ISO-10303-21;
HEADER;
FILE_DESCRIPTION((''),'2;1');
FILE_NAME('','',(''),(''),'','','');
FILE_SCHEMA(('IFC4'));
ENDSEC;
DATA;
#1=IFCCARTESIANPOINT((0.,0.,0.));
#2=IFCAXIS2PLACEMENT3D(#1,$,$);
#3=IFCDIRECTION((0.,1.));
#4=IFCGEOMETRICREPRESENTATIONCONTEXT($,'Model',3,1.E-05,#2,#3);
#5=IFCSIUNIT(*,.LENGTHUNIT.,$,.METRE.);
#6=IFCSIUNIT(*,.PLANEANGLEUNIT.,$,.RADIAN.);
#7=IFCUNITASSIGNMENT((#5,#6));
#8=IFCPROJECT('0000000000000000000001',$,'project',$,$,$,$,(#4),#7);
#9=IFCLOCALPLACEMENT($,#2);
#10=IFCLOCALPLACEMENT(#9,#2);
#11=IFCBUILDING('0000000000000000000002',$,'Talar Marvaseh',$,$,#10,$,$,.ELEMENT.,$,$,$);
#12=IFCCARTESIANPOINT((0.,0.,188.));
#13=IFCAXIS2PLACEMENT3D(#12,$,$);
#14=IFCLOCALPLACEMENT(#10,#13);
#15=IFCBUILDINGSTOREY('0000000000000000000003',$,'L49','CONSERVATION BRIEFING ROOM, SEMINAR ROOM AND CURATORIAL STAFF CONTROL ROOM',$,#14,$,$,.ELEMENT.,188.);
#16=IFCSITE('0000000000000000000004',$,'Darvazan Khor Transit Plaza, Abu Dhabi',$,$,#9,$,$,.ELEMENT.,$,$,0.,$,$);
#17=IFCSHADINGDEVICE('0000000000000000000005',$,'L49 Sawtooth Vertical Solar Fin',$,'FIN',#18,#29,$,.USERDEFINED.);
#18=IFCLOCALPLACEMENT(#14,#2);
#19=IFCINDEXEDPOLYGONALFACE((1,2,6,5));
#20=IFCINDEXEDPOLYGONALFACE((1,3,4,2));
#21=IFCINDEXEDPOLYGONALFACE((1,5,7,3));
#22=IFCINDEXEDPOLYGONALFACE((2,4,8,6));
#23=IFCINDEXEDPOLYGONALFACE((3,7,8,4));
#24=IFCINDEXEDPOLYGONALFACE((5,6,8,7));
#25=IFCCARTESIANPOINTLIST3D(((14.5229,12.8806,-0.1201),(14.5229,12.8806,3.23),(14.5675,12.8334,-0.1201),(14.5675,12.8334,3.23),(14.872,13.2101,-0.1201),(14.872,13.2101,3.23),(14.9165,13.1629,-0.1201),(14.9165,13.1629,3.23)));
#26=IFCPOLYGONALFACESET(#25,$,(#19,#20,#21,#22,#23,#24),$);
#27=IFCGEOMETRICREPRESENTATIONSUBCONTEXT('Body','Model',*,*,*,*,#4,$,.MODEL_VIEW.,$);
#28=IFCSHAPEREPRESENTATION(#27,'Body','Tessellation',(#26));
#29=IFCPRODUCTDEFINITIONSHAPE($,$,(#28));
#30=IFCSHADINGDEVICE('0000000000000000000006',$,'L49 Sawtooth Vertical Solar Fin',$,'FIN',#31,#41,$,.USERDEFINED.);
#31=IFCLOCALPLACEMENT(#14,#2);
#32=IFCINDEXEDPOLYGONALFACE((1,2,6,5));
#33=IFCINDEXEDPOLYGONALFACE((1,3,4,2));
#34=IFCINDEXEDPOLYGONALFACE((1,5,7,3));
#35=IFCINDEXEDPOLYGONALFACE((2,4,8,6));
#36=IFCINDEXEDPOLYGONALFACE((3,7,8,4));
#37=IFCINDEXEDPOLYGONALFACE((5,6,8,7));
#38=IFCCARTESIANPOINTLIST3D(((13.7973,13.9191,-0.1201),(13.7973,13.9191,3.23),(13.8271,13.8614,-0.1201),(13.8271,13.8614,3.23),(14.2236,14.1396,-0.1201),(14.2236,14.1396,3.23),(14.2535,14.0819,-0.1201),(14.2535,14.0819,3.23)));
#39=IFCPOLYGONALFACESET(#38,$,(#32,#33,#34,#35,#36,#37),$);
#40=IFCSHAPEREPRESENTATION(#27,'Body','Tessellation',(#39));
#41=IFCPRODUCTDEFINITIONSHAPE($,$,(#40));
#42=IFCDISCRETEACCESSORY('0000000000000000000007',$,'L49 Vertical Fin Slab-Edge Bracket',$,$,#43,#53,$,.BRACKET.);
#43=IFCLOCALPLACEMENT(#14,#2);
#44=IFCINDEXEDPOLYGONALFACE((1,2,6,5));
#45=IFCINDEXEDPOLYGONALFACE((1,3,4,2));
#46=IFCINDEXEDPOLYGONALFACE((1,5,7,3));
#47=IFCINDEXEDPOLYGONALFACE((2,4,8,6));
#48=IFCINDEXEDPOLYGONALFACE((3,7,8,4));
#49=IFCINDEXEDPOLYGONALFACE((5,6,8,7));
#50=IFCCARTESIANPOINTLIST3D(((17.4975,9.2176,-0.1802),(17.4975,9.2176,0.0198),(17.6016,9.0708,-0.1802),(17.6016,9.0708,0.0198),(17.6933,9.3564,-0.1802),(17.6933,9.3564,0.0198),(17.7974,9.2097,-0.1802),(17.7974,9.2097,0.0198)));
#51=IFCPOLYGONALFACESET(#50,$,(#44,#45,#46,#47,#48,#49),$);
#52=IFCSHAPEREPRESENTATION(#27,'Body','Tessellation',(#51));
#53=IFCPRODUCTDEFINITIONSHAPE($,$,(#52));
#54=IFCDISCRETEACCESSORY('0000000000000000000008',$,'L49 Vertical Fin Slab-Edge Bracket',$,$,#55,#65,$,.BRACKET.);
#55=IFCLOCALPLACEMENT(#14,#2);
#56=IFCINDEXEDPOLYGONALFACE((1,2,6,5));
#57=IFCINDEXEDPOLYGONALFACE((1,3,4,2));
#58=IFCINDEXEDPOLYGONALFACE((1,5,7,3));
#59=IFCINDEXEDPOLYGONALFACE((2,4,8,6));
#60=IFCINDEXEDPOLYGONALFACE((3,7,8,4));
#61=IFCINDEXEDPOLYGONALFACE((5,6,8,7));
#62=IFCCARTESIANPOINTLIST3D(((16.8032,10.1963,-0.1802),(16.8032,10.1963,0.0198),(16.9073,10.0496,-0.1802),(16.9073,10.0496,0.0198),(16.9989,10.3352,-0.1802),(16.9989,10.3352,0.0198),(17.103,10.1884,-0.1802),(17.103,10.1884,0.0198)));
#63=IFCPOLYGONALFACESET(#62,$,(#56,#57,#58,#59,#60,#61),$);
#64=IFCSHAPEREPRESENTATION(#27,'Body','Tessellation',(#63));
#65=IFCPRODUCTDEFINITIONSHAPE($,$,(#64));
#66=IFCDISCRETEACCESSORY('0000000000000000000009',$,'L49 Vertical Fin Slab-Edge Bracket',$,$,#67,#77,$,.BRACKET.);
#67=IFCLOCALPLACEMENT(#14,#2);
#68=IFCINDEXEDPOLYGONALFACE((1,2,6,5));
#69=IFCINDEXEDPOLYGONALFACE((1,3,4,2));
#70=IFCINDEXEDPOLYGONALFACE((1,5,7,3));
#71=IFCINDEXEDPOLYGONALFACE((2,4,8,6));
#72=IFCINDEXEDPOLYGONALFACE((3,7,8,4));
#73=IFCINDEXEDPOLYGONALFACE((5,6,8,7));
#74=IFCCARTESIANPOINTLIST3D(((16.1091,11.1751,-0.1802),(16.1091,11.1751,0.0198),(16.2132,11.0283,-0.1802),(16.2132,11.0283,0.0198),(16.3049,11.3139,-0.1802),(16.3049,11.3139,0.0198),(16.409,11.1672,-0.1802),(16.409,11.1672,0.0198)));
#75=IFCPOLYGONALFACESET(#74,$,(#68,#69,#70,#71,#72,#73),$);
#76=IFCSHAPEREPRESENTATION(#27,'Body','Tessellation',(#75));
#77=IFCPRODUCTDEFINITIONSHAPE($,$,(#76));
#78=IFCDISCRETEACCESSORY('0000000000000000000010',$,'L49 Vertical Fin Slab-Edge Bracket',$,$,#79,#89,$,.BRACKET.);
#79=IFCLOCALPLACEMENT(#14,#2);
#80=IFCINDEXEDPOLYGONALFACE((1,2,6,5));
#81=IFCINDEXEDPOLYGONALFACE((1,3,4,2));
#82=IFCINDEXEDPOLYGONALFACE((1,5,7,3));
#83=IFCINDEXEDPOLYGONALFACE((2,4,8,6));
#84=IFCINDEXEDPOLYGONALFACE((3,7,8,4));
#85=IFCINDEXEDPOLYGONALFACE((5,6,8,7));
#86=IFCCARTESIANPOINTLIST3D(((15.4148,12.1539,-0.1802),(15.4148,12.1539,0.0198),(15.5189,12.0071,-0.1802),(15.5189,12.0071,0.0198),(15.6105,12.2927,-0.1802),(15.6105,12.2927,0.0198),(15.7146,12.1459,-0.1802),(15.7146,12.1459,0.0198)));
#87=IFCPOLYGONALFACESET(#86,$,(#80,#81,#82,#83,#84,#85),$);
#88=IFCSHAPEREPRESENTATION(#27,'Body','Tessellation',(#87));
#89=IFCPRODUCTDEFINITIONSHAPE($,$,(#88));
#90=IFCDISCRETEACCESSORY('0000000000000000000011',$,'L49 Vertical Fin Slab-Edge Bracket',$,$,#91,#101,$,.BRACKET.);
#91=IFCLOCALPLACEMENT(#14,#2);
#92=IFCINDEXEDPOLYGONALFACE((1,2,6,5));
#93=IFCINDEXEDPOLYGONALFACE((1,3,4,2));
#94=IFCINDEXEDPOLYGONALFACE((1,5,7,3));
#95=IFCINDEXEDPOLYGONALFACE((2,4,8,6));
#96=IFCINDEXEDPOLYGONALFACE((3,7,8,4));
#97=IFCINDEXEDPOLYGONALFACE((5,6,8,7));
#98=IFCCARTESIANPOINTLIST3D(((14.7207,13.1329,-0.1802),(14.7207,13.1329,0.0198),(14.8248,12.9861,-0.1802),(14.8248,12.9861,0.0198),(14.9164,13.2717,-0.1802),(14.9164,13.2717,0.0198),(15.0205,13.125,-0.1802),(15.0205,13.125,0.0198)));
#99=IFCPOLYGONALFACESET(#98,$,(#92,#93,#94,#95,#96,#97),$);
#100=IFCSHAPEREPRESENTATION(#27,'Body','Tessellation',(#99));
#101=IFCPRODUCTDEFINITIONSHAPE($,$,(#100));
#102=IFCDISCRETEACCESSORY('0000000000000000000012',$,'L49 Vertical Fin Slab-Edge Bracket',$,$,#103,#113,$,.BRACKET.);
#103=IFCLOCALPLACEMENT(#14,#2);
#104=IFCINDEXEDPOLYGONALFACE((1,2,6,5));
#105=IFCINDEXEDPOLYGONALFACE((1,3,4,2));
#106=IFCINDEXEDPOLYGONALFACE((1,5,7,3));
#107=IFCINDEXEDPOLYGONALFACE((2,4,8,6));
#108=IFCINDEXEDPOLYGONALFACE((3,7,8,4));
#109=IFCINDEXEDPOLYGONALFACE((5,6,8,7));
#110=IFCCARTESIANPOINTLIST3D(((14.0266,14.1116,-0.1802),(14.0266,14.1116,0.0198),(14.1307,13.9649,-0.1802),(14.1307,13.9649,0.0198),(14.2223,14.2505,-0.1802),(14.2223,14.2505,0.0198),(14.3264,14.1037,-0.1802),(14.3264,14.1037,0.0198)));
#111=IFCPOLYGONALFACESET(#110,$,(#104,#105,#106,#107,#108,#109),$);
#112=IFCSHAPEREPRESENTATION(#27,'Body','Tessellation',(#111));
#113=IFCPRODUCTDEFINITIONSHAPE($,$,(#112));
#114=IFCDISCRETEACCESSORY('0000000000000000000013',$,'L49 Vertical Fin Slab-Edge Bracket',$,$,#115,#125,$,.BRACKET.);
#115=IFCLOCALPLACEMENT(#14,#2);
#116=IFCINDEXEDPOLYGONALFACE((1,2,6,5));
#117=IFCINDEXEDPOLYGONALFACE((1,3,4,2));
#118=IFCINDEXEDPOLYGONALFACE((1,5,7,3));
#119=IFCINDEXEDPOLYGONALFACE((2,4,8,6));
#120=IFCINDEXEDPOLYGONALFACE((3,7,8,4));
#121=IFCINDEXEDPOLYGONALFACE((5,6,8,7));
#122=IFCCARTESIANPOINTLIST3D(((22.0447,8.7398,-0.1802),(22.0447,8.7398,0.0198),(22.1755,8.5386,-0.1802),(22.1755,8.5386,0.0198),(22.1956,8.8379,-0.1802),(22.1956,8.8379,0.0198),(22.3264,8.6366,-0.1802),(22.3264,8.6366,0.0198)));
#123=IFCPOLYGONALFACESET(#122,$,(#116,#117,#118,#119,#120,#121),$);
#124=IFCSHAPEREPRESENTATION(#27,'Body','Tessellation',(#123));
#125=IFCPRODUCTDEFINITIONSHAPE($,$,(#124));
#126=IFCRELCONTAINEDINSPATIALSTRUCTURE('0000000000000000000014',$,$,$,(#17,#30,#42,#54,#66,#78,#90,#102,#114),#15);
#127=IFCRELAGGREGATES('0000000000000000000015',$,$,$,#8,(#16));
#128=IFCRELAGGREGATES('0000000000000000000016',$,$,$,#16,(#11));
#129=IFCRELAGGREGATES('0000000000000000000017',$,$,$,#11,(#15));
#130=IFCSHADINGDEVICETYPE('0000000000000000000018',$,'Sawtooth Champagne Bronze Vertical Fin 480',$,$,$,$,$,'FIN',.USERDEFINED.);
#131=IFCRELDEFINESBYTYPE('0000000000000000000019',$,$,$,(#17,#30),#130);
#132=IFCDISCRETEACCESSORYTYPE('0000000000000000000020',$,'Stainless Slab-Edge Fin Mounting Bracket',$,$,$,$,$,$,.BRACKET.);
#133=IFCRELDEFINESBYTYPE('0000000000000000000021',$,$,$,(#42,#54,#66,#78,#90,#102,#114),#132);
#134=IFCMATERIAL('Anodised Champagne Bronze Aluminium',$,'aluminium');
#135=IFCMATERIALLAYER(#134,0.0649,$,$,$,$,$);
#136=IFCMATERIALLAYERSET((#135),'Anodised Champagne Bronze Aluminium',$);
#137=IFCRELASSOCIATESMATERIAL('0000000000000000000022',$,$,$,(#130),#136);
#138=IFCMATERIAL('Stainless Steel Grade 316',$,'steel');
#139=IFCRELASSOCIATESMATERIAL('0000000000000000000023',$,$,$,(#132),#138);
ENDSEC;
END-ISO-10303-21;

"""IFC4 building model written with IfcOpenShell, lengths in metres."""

from ifc_helpers import new_model, si_unit, direction, frame, origin, origin_2d, place, context, subcontext, project, spatial, rectangle, extrude, source, transform, mapped, material, layer, layer_set, type_object, type_shapes, element, save


model = new_model("IFC4")

# Units and contexts
model_context = context("Model", 3, precision=1e-05, world=origin(), true_north=direction((0.0, 1.0)))
body_context = subcontext(model_context, "Body", "Model", "MODEL_VIEW")
ifc_project = project(units=[si_unit("LENGTHUNIT", "METRE"), si_unit("PLANEANGLEUNIT", "RADIAN")], contexts=[model_context])

# Site, building, storey
site_placement = place(None, origin())
site = spatial("IfcSite", under=ifc_project, at=site_placement, Name="Darvazan Khor Transit Plaza, Abu Dhabi", CompositionType="ELEMENT", RefElevation=0.0)
building_placement = place(site_placement, origin())
building = spatial("IfcBuilding", under=site, at=building_placement, Name="Talar Marvaseh", CompositionType="ELEMENT")
storey_placement = place(building_placement, frame((0.0, 0.0, 188.0)))
storey = spatial("IfcBuildingStorey", under=building, at=storey_placement, Name="L49", Description="CONSERVATION BRIEFING ROOM, SEMINAR ROOM AND CURATORIAL STAFF CONTROL ROOM", CompositionType="ELEMENT", Elevation=188.0)

# Shading devices
ifc_material_1 = material(Name="Anodised Champagne Bronze Aluminium", Category="aluminium")
ifc_layer_1 = layer(ifc_material_1, 0.0649)
ifc_layer_set_1 = layer_set([ifc_layer_1], Name="Anodised Champagne Bronze Aluminium")
shading_device_type_1 = type_object("IfcShadingDeviceType", Name="Sawtooth Champagne Bronze Vertical Fin 480", ElementType="FIN", PredefinedType="USERDEFINED", material=ifc_layer_set_1)
shared_shape_1 = source(origin(), body_context, "Body", "SweptSolid", [
    extrude(rectangle(XDim=0.48, YDim=0.0649, at=origin_2d()), origin(), (0.0, 0.0, 1.0), 3.3501),
])
type_shapes(shading_device_type_1, [shared_shape_1])
for number, where, z_axis, x_axis, name in (
    (1, (14.7197, 13.0217, -0.1201), (0.0, 0.0, 1.0), (-0.727174, -0.686453, 0.0), "L49 Sawtooth Vertical Solar Fin"),
    (2, (14.0254, 14.0005, -0.1201), (0.0, 0.0, 1.0), (-0.888217, -0.459425, 0.0), "L49 Sawtooth Vertical Solar Fin"),
):
    element("IfcShadingDevice", number, at=place(storey_placement, frame(where, z_axis=z_axis, x_axis=x_axis)), inside=storey, type_object=shading_device_type_1, Name=name, ObjectType="FIN", PredefinedType="USERDEFINED", context=body_context, shape_type="MappedRepresentation", body=[
        mapped(shared_shape_1, transform((0.0, 0.0, 0.0), x_axis=(1.0, 0.0, 0.0), y_axis=(0.0, 1.0, 0.0), z_axis=(0.0, 0.0, 1.0), scale=1.0)),
    ])

# Discrete accessories
ifc_material_2 = material(Name="Stainless Steel Grade 316", Category="steel")
discrete_accessory_type = type_object("IfcDiscreteAccessoryType", Name="Stainless Slab-Edge Fin Mounting Bracket", PredefinedType="BRACKET", material=ifc_material_2)
shared_shape_2 = source(origin(), body_context, "Body", "SweptSolid", [
    extrude(rectangle(XDim=0.24, YDim=0.1799, at=origin_2d()), origin(), (0.0, 0.0, 1.0), 0.2),
])
type_shapes(discrete_accessory_type, [shared_shape_2])
for number, where, z_axis, x_axis, name in (
    (3, (17.6475, 9.2136, -0.1802), (0.0, 0.0, 1.0), (-0.815633, -0.57857, 0.0), "L49 Vertical Fin Slab-Edge Bracket"),
    (4, (16.9531, 10.1924, -0.1802), (0.0, 0.0, 1.0), (-0.815633, -0.57857, 0.0), "L49 Vertical Fin Slab-Edge Bracket"),
    (5, (16.259, 11.1711, -0.1802), (0.0, 0.0, 1.0), (-0.815633, -0.57857, 0.0), "L49 Vertical Fin Slab-Edge Bracket"),
    (6, (15.5647, 12.1499, -0.1802), (0.0, 0.0, 1.0), (-0.815633, -0.57857, 0.0), "L49 Vertical Fin Slab-Edge Bracket"),
    (7, (14.8706, 13.1289, -0.1802), (0.0, 0.0, 1.0), (-0.815633, -0.57857, 0.0), "L49 Vertical Fin Slab-Edge Bracket"),
    (8, (14.1765, 14.1077, -0.1802), (0.0, 0.0, 1.0), (-0.815633, -0.57857, 0.0), "L49 Vertical Fin Slab-Edge Bracket"),
    (9, (22.1855, 8.6882, -0.1802), (0.0, 0.0, 1.0), (0.544785, -0.838575, 0.0), "L49 Vertical Fin Slab-Edge Bracket"),
):
    element("IfcDiscreteAccessory", number, at=place(storey_placement, frame(where, z_axis=z_axis, x_axis=x_axis)), inside=storey, type_object=discrete_accessory_type, Name=name, PredefinedType="BRACKET", context=body_context, shape_type="MappedRepresentation", body=[
        mapped(shared_shape_2, transform((0.0, 0.0, 0.0), x_axis=(1.0, 0.0, 0.0), y_axis=(0.0, 1.0, 0.0), z_axis=(0.0, 0.0, 1.0), scale=1.0)),
    ])

save(model, "model.ifc")
